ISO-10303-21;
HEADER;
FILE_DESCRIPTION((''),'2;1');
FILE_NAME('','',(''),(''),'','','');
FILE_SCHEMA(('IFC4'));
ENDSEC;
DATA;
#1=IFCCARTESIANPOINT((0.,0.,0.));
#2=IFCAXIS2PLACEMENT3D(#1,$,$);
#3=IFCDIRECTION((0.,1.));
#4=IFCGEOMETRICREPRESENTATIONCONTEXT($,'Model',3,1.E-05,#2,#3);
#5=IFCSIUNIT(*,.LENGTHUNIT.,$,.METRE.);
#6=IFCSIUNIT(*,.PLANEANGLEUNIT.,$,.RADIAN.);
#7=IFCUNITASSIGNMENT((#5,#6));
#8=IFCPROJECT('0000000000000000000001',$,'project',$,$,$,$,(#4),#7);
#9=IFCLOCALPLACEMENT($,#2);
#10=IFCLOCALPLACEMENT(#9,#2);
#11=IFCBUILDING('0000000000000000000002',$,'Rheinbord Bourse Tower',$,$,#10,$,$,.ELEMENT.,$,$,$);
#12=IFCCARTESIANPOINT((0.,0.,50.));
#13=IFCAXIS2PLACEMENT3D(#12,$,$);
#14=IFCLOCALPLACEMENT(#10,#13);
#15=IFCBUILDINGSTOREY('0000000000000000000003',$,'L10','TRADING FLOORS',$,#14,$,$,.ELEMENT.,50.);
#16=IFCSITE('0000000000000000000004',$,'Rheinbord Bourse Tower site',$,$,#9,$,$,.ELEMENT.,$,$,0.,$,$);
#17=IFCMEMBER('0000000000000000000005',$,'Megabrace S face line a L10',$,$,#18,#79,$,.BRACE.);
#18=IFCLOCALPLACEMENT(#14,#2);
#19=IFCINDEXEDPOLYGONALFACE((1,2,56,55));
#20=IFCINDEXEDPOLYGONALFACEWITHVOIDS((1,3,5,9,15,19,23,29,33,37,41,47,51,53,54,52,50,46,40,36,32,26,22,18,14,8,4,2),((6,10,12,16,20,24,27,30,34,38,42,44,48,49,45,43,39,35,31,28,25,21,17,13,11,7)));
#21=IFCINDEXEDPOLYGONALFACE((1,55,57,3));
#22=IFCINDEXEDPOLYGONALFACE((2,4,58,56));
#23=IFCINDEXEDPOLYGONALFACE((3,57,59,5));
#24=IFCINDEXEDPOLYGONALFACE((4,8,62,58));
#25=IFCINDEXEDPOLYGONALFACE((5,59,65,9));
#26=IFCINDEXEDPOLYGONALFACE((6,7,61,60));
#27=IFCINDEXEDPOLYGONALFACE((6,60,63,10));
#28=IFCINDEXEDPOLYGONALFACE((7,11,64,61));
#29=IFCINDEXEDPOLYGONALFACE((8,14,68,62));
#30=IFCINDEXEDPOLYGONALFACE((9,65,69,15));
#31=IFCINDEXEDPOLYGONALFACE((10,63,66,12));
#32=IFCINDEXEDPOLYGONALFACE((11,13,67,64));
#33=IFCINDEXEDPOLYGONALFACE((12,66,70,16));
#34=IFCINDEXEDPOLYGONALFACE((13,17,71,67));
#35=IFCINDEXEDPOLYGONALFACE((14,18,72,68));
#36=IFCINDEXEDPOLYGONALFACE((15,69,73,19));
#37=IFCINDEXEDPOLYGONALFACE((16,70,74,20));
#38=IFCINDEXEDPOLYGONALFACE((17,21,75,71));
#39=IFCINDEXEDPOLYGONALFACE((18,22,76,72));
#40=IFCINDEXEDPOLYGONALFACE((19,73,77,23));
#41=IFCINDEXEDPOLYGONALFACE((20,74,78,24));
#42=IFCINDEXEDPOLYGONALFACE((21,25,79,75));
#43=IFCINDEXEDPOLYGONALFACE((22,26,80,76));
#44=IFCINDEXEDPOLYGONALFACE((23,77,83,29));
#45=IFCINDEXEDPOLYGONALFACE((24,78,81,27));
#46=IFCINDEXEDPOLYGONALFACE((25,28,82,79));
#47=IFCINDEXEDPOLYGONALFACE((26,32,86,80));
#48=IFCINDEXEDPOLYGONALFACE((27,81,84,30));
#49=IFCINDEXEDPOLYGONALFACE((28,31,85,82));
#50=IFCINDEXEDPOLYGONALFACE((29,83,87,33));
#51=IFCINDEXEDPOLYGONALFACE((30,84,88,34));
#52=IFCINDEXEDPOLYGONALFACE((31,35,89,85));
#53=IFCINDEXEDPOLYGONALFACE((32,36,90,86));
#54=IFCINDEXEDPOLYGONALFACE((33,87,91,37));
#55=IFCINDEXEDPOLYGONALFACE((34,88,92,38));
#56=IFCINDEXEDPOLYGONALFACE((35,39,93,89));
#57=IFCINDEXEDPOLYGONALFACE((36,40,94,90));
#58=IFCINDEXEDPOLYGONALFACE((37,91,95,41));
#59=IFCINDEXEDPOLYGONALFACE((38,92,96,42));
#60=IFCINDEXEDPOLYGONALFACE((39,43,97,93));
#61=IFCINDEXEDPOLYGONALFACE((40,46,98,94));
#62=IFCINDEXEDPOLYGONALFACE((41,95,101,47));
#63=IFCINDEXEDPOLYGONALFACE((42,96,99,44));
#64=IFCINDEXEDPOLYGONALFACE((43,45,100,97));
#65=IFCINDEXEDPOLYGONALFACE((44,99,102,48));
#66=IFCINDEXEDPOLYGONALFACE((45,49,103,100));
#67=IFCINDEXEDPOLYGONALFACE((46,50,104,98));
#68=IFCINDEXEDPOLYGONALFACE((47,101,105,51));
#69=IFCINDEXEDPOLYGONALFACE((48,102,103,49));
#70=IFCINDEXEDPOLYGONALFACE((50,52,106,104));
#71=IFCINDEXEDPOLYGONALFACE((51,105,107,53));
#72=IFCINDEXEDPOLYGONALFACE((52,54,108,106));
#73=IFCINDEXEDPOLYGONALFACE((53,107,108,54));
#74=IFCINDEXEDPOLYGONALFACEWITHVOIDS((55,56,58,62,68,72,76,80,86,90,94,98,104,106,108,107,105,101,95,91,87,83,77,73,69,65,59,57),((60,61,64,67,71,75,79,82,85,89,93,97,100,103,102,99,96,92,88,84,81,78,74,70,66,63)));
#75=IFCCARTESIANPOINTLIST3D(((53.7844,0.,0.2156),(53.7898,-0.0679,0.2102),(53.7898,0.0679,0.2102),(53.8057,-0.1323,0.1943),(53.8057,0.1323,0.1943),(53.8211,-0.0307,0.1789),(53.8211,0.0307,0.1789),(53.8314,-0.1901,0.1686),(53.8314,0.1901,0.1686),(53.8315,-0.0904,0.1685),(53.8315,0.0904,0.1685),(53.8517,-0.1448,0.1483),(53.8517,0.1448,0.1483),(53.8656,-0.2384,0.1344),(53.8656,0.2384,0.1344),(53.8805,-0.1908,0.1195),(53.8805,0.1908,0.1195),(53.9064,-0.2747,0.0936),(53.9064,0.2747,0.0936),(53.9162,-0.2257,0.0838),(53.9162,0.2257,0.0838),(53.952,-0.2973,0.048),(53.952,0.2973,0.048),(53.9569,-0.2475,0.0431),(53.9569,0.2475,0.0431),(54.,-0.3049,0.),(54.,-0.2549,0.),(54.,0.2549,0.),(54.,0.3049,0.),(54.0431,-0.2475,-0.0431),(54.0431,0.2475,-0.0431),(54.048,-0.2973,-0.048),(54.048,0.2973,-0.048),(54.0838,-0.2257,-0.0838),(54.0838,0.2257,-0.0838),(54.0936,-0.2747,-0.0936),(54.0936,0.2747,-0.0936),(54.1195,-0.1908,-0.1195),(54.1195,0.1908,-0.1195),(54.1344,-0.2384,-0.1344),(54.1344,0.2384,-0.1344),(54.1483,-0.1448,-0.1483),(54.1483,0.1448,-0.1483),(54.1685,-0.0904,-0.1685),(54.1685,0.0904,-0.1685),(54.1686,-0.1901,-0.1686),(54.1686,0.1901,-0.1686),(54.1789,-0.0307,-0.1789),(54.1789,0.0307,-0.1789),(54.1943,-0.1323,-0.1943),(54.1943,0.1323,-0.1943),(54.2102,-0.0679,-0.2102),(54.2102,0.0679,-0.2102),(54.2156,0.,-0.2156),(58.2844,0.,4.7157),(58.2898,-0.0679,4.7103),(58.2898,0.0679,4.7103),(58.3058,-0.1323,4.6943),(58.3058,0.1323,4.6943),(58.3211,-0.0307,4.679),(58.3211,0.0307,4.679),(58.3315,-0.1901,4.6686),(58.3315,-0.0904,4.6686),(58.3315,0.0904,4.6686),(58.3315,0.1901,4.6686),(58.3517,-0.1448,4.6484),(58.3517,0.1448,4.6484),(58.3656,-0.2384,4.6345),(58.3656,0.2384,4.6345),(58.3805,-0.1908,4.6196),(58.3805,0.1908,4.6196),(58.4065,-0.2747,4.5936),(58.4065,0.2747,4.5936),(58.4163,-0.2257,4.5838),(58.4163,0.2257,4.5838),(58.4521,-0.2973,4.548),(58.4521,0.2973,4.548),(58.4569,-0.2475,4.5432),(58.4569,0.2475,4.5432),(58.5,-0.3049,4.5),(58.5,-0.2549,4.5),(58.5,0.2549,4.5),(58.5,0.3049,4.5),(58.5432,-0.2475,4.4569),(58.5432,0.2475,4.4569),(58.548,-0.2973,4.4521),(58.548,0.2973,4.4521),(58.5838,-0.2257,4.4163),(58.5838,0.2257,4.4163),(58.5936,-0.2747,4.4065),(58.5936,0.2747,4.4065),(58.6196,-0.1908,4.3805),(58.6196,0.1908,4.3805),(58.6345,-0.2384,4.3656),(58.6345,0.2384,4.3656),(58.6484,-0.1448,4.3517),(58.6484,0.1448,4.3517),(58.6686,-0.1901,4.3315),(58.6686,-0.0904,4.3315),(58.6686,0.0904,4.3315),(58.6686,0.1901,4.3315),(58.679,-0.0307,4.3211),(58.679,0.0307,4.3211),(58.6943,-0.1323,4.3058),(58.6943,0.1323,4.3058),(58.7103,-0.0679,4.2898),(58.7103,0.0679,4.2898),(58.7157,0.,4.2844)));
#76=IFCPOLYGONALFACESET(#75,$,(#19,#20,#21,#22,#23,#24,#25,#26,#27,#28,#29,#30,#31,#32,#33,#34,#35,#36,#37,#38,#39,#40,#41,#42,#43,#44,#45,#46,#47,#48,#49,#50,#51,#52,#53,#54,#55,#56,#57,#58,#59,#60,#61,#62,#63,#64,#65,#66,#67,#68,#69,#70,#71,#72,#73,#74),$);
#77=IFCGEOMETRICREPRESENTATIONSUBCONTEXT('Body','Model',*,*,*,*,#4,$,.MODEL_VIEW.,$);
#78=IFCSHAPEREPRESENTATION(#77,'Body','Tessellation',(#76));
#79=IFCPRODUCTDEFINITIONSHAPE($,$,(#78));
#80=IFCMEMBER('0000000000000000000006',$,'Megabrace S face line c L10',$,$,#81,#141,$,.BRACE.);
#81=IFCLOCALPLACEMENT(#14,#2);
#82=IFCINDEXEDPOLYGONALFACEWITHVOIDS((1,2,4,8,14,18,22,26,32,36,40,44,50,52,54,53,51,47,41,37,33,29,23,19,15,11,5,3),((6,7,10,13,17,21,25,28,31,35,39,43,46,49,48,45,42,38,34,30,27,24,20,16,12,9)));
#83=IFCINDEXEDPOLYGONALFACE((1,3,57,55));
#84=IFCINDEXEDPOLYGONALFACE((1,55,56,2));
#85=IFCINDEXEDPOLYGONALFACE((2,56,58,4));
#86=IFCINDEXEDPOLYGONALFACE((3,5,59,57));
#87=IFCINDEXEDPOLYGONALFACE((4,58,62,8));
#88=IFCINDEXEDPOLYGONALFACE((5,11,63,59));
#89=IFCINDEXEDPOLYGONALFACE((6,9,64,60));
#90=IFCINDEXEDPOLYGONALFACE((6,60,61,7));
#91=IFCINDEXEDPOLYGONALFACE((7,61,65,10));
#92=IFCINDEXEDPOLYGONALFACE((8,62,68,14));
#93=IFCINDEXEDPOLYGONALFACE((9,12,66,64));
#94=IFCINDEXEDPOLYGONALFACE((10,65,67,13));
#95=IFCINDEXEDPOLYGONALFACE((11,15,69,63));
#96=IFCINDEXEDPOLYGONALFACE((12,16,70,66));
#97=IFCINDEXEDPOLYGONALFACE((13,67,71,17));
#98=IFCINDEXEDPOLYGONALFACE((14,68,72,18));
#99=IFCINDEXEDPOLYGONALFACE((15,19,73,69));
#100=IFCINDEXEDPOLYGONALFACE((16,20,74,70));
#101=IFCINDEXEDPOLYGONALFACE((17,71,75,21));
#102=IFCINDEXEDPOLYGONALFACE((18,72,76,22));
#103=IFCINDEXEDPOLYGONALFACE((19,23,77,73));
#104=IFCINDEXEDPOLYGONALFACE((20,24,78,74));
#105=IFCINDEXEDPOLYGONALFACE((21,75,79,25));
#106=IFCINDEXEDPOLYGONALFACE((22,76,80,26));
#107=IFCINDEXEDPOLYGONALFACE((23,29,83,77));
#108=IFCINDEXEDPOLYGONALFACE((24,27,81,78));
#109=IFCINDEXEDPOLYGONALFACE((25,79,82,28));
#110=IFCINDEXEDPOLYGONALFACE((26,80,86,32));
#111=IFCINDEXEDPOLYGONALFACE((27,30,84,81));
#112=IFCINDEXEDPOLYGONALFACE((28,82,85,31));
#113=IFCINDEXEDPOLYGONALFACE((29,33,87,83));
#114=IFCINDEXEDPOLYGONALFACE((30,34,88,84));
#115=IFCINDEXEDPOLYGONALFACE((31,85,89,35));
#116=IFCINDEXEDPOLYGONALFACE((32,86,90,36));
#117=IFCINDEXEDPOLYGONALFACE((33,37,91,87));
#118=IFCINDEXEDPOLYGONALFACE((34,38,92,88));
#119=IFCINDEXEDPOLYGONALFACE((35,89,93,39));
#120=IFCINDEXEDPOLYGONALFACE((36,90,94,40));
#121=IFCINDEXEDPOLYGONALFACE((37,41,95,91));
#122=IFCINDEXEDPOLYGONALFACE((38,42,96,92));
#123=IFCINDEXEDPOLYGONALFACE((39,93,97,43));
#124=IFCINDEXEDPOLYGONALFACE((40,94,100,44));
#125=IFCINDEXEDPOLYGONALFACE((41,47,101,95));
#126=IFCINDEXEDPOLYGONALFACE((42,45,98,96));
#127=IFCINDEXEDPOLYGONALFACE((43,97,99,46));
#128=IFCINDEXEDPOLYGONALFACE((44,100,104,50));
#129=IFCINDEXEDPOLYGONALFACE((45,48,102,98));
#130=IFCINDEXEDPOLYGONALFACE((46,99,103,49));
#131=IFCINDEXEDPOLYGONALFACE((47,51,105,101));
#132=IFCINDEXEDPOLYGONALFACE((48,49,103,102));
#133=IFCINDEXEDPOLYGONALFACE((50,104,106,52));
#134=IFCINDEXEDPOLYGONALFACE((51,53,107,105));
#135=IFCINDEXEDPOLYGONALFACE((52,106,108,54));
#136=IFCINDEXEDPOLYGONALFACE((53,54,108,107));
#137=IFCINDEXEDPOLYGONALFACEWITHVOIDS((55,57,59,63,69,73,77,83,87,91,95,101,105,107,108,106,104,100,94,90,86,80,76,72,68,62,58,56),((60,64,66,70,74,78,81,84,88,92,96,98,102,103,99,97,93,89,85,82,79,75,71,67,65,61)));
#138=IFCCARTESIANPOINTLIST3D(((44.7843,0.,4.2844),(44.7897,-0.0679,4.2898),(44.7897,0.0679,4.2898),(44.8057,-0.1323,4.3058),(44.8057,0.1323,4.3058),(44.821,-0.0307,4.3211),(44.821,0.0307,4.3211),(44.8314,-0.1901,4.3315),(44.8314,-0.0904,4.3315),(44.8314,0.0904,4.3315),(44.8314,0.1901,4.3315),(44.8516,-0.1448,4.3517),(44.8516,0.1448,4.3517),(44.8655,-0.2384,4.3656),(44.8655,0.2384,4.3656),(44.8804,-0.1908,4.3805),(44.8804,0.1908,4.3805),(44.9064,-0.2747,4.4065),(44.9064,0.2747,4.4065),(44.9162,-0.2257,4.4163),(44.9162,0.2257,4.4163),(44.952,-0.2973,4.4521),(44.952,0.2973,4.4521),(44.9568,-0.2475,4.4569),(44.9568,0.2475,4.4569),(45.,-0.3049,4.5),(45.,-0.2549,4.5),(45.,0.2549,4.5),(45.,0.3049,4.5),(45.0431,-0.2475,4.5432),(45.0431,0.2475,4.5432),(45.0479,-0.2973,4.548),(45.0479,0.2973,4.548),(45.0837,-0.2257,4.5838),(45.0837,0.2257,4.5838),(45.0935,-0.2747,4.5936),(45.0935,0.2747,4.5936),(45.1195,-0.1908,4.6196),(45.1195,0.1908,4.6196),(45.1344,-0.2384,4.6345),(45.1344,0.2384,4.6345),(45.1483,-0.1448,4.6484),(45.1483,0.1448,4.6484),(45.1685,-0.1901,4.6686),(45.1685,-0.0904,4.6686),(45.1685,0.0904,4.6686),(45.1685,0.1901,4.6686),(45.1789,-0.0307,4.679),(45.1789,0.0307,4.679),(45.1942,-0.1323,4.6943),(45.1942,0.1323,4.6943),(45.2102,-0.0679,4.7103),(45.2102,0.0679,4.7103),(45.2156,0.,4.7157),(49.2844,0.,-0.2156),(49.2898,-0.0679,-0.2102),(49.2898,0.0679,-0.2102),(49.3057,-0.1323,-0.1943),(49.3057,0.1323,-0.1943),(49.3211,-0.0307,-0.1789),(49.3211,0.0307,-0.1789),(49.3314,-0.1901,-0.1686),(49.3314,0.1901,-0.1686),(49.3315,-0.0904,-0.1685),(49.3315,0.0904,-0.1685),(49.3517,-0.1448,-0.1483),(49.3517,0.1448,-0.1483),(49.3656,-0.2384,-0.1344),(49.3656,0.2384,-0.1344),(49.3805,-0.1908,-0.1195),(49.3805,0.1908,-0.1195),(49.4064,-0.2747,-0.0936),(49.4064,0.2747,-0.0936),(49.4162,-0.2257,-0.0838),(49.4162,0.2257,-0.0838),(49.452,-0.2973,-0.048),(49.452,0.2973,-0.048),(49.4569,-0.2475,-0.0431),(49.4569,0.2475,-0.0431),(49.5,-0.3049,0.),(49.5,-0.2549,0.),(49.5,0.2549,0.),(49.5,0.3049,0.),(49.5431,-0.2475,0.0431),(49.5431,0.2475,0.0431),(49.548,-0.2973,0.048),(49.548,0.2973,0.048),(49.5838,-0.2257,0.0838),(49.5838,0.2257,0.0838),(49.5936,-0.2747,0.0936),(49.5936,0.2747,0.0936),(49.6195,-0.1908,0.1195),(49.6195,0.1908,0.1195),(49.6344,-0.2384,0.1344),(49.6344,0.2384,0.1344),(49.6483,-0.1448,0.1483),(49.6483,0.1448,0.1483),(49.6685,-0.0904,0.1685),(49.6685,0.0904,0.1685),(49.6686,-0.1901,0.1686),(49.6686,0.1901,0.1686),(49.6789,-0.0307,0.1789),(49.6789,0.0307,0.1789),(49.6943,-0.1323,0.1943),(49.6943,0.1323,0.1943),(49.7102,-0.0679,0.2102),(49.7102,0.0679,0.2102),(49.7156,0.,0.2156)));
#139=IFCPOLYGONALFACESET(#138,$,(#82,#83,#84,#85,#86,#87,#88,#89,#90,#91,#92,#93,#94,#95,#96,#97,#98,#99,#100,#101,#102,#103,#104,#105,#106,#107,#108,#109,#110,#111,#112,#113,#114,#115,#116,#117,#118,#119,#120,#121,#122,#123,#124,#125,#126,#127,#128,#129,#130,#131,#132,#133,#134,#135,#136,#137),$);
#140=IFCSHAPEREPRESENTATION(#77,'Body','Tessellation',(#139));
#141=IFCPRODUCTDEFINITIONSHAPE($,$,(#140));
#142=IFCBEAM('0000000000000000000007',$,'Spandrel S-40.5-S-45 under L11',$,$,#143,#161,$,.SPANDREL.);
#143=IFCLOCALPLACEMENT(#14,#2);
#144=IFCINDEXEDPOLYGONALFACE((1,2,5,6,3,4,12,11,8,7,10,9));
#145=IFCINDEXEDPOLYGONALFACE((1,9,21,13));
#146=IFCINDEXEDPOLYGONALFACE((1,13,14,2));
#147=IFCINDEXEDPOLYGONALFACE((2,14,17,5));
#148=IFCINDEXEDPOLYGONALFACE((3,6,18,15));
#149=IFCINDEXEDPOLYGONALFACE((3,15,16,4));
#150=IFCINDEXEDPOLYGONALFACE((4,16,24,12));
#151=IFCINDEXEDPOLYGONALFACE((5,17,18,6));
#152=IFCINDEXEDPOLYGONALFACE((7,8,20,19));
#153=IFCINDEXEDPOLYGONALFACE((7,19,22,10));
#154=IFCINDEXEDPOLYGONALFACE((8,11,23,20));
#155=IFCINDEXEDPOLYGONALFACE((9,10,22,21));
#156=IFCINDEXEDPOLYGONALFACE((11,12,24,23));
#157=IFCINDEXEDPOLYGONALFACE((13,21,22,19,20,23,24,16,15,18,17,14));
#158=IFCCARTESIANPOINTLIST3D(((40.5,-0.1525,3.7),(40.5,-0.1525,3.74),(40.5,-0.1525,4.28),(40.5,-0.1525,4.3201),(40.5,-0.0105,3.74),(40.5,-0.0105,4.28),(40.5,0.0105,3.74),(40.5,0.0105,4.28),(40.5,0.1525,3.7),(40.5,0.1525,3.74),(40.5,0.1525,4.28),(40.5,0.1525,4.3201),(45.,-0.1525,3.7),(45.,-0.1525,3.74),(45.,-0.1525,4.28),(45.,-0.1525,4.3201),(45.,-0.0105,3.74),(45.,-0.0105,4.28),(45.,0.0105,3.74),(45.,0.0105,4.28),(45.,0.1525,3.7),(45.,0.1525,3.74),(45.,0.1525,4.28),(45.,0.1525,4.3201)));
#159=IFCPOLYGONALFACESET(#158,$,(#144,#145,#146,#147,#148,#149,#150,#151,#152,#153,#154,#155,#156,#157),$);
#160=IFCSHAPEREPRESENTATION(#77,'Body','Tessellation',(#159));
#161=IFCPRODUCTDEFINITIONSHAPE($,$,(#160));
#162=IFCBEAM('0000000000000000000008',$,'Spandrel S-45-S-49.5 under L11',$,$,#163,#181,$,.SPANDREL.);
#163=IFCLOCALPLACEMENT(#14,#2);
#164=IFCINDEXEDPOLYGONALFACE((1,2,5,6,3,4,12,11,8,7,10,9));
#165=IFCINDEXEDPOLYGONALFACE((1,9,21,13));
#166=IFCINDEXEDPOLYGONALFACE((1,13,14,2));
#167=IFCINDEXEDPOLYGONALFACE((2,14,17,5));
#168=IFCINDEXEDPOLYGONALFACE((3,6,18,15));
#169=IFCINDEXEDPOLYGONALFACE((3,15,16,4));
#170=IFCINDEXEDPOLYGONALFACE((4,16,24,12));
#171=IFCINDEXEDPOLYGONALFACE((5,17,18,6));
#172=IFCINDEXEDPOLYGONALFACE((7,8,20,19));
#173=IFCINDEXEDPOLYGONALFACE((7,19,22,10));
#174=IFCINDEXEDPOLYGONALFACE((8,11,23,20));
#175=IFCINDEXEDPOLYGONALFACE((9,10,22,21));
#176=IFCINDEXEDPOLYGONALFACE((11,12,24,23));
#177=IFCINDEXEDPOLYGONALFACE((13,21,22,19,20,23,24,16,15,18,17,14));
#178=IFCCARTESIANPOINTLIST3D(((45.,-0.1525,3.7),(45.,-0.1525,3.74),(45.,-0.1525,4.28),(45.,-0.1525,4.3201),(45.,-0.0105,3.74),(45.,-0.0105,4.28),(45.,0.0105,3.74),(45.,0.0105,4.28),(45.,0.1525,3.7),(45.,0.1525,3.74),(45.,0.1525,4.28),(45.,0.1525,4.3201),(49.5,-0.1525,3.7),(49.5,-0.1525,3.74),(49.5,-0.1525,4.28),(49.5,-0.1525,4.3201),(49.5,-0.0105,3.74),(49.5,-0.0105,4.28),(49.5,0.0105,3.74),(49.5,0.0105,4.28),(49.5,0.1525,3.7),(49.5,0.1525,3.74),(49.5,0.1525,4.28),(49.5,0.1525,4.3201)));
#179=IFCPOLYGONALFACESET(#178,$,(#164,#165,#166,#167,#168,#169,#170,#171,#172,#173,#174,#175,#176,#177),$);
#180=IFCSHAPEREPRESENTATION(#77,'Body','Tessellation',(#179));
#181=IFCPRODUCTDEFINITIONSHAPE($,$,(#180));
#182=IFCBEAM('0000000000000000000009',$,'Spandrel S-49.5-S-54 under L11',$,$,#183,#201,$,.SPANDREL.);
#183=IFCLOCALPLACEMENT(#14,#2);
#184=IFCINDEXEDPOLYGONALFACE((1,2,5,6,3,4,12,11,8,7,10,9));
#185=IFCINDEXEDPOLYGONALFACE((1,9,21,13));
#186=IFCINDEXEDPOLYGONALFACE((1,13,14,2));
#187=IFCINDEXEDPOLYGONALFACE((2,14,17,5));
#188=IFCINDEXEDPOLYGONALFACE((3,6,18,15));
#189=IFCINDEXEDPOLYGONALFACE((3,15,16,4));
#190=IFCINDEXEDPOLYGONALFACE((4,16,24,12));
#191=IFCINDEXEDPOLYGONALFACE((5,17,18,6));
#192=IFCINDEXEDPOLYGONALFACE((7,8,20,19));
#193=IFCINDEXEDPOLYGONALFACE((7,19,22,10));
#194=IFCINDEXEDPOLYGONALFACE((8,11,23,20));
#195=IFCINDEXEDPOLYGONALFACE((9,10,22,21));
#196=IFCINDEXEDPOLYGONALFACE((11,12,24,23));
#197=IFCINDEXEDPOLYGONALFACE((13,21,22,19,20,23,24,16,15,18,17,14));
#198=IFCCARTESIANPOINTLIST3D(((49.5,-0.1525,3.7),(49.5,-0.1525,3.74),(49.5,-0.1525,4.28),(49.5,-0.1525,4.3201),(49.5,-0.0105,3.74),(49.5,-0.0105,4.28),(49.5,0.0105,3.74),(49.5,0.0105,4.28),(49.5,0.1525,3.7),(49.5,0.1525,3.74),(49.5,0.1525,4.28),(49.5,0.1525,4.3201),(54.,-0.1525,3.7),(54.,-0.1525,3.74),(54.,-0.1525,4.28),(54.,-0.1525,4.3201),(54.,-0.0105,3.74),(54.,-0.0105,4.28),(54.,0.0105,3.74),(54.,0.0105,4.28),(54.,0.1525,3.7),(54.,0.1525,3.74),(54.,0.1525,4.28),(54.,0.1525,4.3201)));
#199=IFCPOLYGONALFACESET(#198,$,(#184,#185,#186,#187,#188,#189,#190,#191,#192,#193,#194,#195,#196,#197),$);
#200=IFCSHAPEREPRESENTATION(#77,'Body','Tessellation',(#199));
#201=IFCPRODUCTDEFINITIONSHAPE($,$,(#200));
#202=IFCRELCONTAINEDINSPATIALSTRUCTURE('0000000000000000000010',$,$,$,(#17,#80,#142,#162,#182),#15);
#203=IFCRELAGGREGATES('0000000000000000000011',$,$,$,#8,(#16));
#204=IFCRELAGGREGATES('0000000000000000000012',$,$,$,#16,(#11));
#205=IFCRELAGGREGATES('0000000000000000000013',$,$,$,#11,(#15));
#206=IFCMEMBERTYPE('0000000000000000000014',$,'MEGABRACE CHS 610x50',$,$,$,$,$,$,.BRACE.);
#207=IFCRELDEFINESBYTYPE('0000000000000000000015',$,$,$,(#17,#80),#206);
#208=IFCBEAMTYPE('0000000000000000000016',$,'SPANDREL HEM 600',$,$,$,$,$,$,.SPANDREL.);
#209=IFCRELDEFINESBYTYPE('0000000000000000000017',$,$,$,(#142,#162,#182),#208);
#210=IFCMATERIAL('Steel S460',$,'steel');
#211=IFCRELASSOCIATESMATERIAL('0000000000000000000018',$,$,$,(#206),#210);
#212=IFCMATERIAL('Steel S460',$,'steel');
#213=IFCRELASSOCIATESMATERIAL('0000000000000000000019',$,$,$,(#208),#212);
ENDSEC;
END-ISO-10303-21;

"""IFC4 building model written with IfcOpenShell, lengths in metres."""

from ifc_helpers import new_model, si_unit, direction, frame, origin, origin_2d, place, context, subcontext, project, spatial, hollow_circle, i_section, extrude, material, material_profile, profile_set, type_object, element, save


model = new_model("IFC4")

# Units and contexts
model_context = context("Model", 3, precision=1e-05, world=origin(), true_north=direction((0.0, 1.0)))
body_context = subcontext(model_context, "Body", "Model", "MODEL_VIEW")
ifc_project = project(units=[si_unit("LENGTHUNIT", "METRE"), si_unit("PLANEANGLEUNIT", "RADIAN")], contexts=[model_context])

# Site, building, storey
site_placement = place(None, origin())
site = spatial("IfcSite", under=ifc_project, at=site_placement, Name="Rheinbord Bourse Tower site", CompositionType="ELEMENT", RefElevation=0.0)
building_placement = place(site_placement, origin())
building = spatial("IfcBuilding", under=site, at=building_placement, Name="Rheinbord Bourse Tower", CompositionType="ELEMENT")
storey_placement = place(building_placement, frame((0.0, 0.0, 50.0)))
storey = spatial("IfcBuildingStorey", under=building, at=storey_placement, Name="L10", Description="TRADING FLOORS", CompositionType="ELEMENT", Elevation=50.0)

# Members
ifc_material_1 = material(Name="Steel S460", Category="steel")
ifc_material_profile_1 = material_profile(ifc_material_1, hollow_circle(Radius=0.3049, WallThickness=0.05, at=origin_2d()), Name="CHS 610x50")
ifc_profile_set_1 = profile_set([ifc_material_profile_1], Name="Steel S460")
member_type_1 = type_object("IfcMemberType", Name="MEGABRACE CHS 610x50", PredefinedType="BRACE", material=ifc_profile_set_1)
for number, where, z_axis, x_axis, name in (
    (1, (54.0, 0.0, 0.0), (0.707107, 0.0, 0.707107), (0.0, 1.0, 0.0), "Megabrace S face line a L10"),
    (2, (49.5, 0.0, 0.0), (-0.707107, 0.0, 0.707107), (0.0, -1.0, 0.0), "Megabrace S face line c L10"),
):
    element("IfcMember", number, at=place(storey_placement, frame(where, z_axis=z_axis, x_axis=x_axis)), inside=storey, type_object=member_type_1, Name=name, PredefinedType="BRACE", context=body_context, shape_type="SweptSolid", body=[
        extrude(hollow_circle(Radius=0.3049, WallThickness=0.05, at=origin_2d()), origin(), (0.0, 0.0, 1.0), 6.364),
    ])

# Beams
ifc_material_2 = material(Name="Steel S460", Category="steel")
ifc_material_profile_2 = material_profile(ifc_material_2, i_section(OverallWidth=0.3049, OverallDepth=0.6201, WebThickness=0.021, FlangeThickness=0.04, at=origin_2d()), Name="HEM 600")
ifc_profile_set_2 = profile_set([ifc_material_profile_2], Name="Steel S460")
beam_type_1 = type_object("IfcBeamType", Name="SPANDREL HEM 600", PredefinedType="SPANDREL", material=ifc_profile_set_2)
for number, where, z_axis, x_axis, name in (
    (3, (40.5, 0.0, 4.01), (1.0, 0.0, 0.0), (0.0, 1.0, 0.0), "Spandrel S-40.5-S-45 under L11"),
    (4, (45.0, 0.0, 4.01), (1.0, 0.0, 0.0), (0.0, 1.0, 0.0), "Spandrel S-45-S-49.5 under L11"),
    (5, (49.5, 0.0, 4.01), (1.0, 0.0, 0.0), (0.0, 1.0, 0.0), "Spandrel S-49.5-S-54 under L11"),
):
    element("IfcBeam", number, at=place(storey_placement, frame(where, z_axis=z_axis, x_axis=x_axis)), inside=storey, type_object=beam_type_1, Name=name, PredefinedType="SPANDREL", context=body_context, shape_type="SweptSolid", body=[
        extrude(i_section(OverallWidth=0.3049, OverallDepth=0.6201, WebThickness=0.021, FlangeThickness=0.04, at=origin_2d()), origin(), (0.0, 0.0, 1.0), 4.5),
    ])

save(model, "model.ifc")
